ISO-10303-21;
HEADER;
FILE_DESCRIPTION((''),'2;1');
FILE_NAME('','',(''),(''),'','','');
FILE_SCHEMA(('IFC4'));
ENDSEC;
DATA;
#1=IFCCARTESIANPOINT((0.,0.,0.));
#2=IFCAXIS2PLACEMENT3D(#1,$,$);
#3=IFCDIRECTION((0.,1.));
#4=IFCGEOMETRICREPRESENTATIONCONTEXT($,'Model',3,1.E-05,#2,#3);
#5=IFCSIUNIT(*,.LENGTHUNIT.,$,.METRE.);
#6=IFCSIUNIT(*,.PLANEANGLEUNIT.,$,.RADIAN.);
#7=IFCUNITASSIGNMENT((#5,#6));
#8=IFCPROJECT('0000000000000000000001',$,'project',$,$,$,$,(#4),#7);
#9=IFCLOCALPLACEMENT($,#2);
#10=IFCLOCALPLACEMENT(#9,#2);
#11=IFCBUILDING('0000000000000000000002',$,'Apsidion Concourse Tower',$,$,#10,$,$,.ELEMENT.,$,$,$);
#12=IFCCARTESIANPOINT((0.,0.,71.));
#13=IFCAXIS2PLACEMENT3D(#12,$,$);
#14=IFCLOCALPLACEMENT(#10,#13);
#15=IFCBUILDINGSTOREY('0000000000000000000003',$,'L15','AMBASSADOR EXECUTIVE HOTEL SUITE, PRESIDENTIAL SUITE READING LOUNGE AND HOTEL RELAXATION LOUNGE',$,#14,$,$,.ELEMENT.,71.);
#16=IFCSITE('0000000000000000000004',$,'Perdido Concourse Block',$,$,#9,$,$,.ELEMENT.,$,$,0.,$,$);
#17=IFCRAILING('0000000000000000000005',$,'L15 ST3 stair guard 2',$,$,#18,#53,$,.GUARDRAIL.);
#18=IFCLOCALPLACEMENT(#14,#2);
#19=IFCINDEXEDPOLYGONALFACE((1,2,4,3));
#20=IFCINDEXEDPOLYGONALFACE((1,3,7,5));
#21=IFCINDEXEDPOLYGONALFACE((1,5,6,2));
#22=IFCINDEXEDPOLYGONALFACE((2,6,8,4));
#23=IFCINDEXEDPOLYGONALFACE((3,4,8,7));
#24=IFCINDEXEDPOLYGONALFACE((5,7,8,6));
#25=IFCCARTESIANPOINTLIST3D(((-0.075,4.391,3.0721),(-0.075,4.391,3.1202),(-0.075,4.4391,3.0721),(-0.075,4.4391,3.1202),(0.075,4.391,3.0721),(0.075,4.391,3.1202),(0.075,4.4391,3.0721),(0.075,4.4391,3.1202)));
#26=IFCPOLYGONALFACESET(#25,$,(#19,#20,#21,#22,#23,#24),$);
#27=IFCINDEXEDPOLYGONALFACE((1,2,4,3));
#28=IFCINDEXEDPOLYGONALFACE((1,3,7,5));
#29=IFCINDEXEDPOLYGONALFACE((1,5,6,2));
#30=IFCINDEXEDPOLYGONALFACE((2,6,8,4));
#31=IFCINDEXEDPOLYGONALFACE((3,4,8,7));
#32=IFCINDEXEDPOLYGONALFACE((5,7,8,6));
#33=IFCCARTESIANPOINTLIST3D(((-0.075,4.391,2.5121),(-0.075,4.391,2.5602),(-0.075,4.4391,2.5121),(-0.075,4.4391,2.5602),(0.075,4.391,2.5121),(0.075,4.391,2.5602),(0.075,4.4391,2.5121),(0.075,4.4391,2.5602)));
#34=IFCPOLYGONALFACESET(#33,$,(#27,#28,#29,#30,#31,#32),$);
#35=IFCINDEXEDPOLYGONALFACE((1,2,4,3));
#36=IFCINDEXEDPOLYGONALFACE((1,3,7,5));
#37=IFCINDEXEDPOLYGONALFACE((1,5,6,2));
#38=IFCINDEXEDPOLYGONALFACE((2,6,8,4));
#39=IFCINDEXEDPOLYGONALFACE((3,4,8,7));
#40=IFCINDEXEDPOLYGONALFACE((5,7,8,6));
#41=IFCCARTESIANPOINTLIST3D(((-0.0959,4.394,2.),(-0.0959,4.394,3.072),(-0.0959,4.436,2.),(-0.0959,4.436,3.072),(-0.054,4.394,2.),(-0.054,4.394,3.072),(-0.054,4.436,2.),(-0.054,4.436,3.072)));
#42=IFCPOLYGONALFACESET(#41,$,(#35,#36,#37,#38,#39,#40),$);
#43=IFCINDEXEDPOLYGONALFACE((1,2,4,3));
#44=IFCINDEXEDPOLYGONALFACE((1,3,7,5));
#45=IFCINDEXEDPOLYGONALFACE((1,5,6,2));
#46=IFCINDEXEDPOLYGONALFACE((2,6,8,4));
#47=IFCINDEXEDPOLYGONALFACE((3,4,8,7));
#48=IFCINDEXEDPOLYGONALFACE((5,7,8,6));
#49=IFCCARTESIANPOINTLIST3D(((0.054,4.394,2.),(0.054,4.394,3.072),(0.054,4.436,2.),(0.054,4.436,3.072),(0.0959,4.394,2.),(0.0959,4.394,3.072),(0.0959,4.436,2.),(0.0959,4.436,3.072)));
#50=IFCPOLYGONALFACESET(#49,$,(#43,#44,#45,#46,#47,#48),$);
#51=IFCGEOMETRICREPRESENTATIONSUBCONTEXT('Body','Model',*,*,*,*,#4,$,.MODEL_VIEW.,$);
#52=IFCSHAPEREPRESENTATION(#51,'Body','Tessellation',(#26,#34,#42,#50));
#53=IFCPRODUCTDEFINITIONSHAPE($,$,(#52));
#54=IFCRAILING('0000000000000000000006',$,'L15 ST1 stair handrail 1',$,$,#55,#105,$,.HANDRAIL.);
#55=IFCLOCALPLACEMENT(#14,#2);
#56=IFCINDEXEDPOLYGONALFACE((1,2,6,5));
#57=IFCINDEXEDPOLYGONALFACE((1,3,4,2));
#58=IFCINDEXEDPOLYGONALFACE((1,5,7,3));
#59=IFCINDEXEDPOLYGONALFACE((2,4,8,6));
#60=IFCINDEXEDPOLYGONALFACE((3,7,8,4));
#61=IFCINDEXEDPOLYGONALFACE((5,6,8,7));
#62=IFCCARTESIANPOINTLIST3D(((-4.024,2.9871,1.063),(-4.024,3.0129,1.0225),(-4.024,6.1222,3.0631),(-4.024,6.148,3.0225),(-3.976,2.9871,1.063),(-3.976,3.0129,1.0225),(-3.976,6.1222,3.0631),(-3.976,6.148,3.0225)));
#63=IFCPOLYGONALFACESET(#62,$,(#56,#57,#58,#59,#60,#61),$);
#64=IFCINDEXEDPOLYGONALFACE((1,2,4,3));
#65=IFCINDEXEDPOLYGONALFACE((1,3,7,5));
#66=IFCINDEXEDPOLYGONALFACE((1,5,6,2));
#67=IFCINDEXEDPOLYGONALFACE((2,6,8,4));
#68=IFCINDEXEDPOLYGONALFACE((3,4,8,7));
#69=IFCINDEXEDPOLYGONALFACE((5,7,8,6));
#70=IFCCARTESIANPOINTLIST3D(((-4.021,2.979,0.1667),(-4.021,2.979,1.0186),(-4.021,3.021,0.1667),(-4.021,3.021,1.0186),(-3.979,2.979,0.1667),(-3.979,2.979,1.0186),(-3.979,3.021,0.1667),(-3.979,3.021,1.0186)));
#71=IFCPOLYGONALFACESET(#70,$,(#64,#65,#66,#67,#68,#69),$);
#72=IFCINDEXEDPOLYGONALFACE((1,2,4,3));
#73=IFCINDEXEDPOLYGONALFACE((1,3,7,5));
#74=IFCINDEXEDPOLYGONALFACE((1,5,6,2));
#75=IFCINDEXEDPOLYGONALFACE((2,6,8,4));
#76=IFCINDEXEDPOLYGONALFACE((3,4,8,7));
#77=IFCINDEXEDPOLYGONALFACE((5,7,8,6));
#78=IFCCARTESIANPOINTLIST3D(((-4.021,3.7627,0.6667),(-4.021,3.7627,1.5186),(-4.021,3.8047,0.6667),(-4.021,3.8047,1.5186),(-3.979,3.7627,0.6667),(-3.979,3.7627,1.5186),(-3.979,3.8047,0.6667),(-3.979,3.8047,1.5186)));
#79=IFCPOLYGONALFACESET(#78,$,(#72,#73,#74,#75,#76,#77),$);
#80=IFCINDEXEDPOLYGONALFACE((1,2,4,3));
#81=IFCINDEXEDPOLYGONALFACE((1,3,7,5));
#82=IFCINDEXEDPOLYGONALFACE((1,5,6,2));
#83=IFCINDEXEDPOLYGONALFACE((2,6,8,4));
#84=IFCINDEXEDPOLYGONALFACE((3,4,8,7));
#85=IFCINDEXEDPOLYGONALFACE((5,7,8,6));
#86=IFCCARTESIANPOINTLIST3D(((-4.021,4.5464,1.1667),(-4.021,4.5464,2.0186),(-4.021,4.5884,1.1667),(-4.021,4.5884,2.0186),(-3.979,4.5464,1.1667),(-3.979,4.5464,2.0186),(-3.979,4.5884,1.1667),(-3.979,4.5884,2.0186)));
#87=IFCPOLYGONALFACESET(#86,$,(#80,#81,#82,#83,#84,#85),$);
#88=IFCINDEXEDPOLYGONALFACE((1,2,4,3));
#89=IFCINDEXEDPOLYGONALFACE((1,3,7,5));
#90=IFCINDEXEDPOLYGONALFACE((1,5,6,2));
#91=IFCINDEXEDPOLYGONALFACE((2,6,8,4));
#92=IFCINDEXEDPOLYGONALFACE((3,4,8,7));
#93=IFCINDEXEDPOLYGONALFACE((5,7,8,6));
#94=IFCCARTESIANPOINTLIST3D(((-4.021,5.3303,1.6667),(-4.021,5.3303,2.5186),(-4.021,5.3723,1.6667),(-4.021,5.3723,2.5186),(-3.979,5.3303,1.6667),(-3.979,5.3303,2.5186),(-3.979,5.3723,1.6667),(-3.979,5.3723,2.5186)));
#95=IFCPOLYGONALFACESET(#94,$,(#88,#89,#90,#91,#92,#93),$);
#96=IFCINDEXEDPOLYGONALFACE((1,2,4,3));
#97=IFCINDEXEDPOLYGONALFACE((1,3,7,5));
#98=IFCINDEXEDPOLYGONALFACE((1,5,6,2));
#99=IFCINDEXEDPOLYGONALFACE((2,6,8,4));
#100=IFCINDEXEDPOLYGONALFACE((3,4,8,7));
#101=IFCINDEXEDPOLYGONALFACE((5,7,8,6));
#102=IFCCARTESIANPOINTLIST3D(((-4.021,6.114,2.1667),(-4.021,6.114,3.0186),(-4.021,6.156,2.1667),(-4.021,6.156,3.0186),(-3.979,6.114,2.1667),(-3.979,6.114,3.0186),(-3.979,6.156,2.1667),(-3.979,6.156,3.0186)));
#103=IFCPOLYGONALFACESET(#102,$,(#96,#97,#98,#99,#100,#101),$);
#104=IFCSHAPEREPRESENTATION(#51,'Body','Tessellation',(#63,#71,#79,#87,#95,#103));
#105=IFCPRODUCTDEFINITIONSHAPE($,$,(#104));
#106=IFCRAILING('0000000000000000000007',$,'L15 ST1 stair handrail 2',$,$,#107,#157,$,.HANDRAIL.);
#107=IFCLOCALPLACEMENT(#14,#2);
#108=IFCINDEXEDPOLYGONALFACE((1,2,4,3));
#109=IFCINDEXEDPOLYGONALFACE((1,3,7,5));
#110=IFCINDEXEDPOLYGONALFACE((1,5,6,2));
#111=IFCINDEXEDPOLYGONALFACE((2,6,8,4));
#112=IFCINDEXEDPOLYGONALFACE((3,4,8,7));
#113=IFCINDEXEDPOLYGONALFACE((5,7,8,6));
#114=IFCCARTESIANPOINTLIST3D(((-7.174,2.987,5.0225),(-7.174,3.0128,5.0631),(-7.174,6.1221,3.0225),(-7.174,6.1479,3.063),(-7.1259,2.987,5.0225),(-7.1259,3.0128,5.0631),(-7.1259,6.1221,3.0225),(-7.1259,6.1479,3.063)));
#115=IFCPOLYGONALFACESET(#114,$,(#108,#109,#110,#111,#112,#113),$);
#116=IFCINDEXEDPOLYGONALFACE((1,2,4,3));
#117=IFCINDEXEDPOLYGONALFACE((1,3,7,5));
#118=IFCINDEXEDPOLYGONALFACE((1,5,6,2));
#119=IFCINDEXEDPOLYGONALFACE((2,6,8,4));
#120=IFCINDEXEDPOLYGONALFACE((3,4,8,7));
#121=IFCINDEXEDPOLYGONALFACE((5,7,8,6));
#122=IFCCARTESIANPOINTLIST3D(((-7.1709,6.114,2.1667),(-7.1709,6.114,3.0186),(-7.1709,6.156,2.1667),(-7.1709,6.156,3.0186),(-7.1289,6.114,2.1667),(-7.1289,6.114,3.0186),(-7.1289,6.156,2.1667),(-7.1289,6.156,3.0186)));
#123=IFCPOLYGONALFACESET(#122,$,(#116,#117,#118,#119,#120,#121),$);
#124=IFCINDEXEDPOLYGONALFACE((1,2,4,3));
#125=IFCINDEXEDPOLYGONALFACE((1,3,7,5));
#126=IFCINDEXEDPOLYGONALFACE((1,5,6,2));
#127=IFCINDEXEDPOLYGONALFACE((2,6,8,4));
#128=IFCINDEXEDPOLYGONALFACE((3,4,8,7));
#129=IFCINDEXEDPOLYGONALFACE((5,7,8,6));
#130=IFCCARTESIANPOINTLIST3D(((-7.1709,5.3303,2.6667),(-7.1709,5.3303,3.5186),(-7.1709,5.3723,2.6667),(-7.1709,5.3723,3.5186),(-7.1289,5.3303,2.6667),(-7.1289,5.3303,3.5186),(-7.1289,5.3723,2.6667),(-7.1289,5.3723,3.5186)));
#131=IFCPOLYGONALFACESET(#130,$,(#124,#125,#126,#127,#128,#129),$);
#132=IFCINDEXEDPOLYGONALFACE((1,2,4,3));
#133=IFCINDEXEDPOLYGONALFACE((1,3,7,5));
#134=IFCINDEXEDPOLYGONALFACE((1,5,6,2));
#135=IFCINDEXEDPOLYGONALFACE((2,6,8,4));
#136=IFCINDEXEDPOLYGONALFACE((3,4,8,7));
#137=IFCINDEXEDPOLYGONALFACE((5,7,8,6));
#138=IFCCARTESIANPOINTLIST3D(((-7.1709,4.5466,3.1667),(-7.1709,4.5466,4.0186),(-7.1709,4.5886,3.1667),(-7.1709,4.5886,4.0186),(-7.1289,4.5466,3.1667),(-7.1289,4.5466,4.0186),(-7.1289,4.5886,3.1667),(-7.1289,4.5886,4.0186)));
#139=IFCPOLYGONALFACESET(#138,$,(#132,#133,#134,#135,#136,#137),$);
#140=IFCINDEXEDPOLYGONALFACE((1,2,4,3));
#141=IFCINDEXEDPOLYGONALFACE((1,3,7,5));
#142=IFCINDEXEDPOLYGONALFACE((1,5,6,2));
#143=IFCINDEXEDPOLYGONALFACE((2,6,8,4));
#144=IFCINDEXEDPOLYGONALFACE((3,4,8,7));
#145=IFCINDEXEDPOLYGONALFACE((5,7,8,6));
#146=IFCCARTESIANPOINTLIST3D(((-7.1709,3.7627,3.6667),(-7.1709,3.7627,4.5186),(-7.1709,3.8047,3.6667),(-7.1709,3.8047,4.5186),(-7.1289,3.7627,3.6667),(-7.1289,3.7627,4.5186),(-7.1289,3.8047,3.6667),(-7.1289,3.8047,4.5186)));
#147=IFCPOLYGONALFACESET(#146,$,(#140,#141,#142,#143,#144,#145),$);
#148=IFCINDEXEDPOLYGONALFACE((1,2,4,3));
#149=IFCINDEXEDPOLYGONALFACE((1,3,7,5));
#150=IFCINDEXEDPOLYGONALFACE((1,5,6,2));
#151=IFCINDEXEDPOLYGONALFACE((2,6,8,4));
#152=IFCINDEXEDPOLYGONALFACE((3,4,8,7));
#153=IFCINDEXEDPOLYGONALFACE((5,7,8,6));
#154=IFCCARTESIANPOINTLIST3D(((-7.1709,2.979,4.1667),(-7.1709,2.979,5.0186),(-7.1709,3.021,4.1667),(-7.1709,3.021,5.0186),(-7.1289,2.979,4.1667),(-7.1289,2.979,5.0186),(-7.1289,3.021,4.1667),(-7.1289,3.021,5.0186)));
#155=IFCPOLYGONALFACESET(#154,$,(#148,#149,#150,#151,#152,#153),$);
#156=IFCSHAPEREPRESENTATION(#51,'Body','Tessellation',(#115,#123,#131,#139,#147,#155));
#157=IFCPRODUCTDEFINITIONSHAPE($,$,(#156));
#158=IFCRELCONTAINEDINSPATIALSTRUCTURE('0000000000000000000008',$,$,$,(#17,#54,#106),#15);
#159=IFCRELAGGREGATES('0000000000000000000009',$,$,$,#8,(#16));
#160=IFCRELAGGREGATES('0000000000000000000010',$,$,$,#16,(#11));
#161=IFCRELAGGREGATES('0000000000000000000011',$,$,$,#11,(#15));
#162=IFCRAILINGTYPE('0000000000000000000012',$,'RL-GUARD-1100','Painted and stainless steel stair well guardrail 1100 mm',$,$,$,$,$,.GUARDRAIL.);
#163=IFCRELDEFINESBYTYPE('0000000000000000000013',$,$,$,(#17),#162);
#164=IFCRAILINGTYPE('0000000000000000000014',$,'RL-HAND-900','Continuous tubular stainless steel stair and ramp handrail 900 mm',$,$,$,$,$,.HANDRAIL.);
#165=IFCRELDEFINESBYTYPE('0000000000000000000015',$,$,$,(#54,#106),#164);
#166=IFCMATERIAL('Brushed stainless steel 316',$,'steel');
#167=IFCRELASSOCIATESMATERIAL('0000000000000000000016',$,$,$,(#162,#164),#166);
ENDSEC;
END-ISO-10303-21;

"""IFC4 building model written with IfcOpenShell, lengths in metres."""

from ifc_helpers import new_model, si_unit, direction, frame, origin, origin_2d, place, context, subcontext, project, spatial, rectangle, extrude, material, type_object, element, save


model = new_model("IFC4")

# Units and contexts
model_context = context("Model", 3, precision=1e-05, world=origin(), true_north=direction((0.0, 1.0)))
body_context = subcontext(model_context, "Body", "Model", "MODEL_VIEW")
ifc_project = project(units=[si_unit("LENGTHUNIT", "METRE"), si_unit("PLANEANGLEUNIT", "RADIAN")], contexts=[model_context])

# Site, building, storey
site_placement = place(None, origin())
site = spatial("IfcSite", under=ifc_project, at=site_placement, Name="Perdido Concourse Block", CompositionType="ELEMENT", RefElevation=0.0)
building_placement = place(site_placement, origin())
building = spatial("IfcBuilding", under=site, at=building_placement, Name="Apsidion Concourse Tower", CompositionType="ELEMENT")
storey_placement = place(building_placement, frame((0.0, 0.0, 71.0)))
storey = spatial("IfcBuildingStorey", under=building, at=storey_placement, Name="L15", Description="AMBASSADOR EXECUTIVE HOTEL SUITE, PRESIDENTIAL SUITE READING LOUNGE AND HOTEL RELAXATION LOUNGE", CompositionType="ELEMENT", Elevation=71.0)

# Railings
ifc_material_1 = material(Name="Brushed stainless steel 316", Category="steel")
railing_type_1 = type_object("IfcRailingType", Name="RL-GUARD-1100", Description="Painted and stainless steel stair well guardrail 1100 mm", PredefinedType="GUARDRAIL", material=ifc_material_1)
railing_1_placement = place(storey_placement, frame((-0.075, 4.415, 2.0)))
element("IfcRailing", 1, at=railing_1_placement, inside=storey, type_object=railing_type_1, Name="L15 ST3 stair guard 2", PredefinedType="GUARDRAIL", context=body_context, shape_type="SweptSolid", body=[
    extrude(rectangle(XDim=0.0481, YDim=0.0481, at=origin_2d()), frame((0.0, 0.0, 1.0962), z_axis=(1.0, 0.0, 0.0), x_axis=(0.0, 1.0, 0.0)), (0.0, 0.0, 1.0), 0.1499),
    extrude(rectangle(XDim=0.0481, YDim=0.0481, at=origin_2d()), frame((0.0, 0.0, 0.5361), z_axis=(1.0, 0.0, 0.0), x_axis=(0.0, 1.0, 0.0)), (0.0, 0.0, 1.0), 0.1499),
    extrude(rectangle(XDim=0.042, YDim=0.042, at=origin_2d()), origin(), (0.0, 0.0, 1.0), 1.072),
    extrude(rectangle(XDim=0.042, YDim=0.042, at=origin_2d()), frame((0.1499, 0.0, 0.0)), (0.0, 0.0, 1.0), 1.072),
])
railing_type_2 = type_object("IfcRailingType", Name="RL-HAND-900", Description="Continuous tubular stainless steel stair and ramp handrail 900 mm", PredefinedType="HANDRAIL", material=ifc_material_1)
railing_2_placement = place(storey_placement, frame((-4.0, 3.0, 0.1667)))
element("IfcRailing", 2, at=railing_2_placement, inside=storey, type_object=railing_type_2, Name="L15 ST1 stair handrail 1", PredefinedType="HANDRAIL", context=body_context, shape_type="SweptSolid", body=[
    extrude(rectangle(XDim=0.0481, YDim=0.0481, at=origin_2d()), frame((0.0, 0.0, 0.876), z_axis=(0.0, 0.843053, 0.537831), x_axis=(-1.0, 0.0, 0.0)), (0.0, 0.0, 1.0), 3.7188),
    extrude(rectangle(XDim=0.042, YDim=0.042, at=origin_2d()), origin(), (0.0, 0.0, 1.0), 0.8518),
    extrude(rectangle(XDim=0.042, YDim=0.042, at=origin_2d()), frame((0.0, 0.7837, 0.5)), (0.0, 0.0, 1.0), 0.8518),
    extrude(rectangle(XDim=0.042, YDim=0.042, at=origin_2d()), frame((0.0, 1.5674, 1.0)), (0.0, 0.0, 1.0), 0.8518),
    extrude(rectangle(XDim=0.042, YDim=0.042, at=origin_2d()), frame((0.0, 2.3513, 1.5)), (0.0, 0.0, 1.0), 0.8518),
    extrude(rectangle(XDim=0.042, YDim=0.042, at=origin_2d()), frame((0.0, 3.135, 2.0)), (0.0, 0.0, 1.0), 0.8518),
])
railing_3_placement = place(storey_placement, frame((-7.1499, 6.135, 2.1667)))
element("IfcRailing", 3, at=railing_3_placement, inside=storey, type_object=railing_type_2, Name="L15 ST1 stair handrail 2", PredefinedType="HANDRAIL", context=body_context, shape_type="SweptSolid", body=[
    extrude(rectangle(XDim=0.0481, YDim=0.0481, at=origin_2d()), frame((0.0, 0.0, 0.876), z_axis=(0.0, -0.843053, 0.537831), x_axis=(1.0, 0.0, 0.0)), (0.0, 0.0, 1.0), 3.7188),
    extrude(rectangle(XDim=0.042, YDim=0.042, at=origin_2d()), origin(), (0.0, 0.0, 1.0), 0.8518),
    extrude(rectangle(XDim=0.042, YDim=0.042, at=origin_2d()), frame((0.0, -0.7837, 0.5)), (0.0, 0.0, 1.0), 0.8518),
    extrude(rectangle(XDim=0.042, YDim=0.042, at=origin_2d()), frame((0.0, -1.5674, 1.0)), (0.0, 0.0, 1.0), 0.8518),
    extrude(rectangle(XDim=0.042, YDim=0.042, at=origin_2d()), frame((0.0, -2.3513, 1.5)), (0.0, 0.0, 1.0), 0.8518),
    extrude(rectangle(XDim=0.042, YDim=0.042, at=origin_2d()), frame((0.0, -3.135, 2.0)), (0.0, 0.0, 1.0), 0.8518),
])

save(model, "model.ifc")
